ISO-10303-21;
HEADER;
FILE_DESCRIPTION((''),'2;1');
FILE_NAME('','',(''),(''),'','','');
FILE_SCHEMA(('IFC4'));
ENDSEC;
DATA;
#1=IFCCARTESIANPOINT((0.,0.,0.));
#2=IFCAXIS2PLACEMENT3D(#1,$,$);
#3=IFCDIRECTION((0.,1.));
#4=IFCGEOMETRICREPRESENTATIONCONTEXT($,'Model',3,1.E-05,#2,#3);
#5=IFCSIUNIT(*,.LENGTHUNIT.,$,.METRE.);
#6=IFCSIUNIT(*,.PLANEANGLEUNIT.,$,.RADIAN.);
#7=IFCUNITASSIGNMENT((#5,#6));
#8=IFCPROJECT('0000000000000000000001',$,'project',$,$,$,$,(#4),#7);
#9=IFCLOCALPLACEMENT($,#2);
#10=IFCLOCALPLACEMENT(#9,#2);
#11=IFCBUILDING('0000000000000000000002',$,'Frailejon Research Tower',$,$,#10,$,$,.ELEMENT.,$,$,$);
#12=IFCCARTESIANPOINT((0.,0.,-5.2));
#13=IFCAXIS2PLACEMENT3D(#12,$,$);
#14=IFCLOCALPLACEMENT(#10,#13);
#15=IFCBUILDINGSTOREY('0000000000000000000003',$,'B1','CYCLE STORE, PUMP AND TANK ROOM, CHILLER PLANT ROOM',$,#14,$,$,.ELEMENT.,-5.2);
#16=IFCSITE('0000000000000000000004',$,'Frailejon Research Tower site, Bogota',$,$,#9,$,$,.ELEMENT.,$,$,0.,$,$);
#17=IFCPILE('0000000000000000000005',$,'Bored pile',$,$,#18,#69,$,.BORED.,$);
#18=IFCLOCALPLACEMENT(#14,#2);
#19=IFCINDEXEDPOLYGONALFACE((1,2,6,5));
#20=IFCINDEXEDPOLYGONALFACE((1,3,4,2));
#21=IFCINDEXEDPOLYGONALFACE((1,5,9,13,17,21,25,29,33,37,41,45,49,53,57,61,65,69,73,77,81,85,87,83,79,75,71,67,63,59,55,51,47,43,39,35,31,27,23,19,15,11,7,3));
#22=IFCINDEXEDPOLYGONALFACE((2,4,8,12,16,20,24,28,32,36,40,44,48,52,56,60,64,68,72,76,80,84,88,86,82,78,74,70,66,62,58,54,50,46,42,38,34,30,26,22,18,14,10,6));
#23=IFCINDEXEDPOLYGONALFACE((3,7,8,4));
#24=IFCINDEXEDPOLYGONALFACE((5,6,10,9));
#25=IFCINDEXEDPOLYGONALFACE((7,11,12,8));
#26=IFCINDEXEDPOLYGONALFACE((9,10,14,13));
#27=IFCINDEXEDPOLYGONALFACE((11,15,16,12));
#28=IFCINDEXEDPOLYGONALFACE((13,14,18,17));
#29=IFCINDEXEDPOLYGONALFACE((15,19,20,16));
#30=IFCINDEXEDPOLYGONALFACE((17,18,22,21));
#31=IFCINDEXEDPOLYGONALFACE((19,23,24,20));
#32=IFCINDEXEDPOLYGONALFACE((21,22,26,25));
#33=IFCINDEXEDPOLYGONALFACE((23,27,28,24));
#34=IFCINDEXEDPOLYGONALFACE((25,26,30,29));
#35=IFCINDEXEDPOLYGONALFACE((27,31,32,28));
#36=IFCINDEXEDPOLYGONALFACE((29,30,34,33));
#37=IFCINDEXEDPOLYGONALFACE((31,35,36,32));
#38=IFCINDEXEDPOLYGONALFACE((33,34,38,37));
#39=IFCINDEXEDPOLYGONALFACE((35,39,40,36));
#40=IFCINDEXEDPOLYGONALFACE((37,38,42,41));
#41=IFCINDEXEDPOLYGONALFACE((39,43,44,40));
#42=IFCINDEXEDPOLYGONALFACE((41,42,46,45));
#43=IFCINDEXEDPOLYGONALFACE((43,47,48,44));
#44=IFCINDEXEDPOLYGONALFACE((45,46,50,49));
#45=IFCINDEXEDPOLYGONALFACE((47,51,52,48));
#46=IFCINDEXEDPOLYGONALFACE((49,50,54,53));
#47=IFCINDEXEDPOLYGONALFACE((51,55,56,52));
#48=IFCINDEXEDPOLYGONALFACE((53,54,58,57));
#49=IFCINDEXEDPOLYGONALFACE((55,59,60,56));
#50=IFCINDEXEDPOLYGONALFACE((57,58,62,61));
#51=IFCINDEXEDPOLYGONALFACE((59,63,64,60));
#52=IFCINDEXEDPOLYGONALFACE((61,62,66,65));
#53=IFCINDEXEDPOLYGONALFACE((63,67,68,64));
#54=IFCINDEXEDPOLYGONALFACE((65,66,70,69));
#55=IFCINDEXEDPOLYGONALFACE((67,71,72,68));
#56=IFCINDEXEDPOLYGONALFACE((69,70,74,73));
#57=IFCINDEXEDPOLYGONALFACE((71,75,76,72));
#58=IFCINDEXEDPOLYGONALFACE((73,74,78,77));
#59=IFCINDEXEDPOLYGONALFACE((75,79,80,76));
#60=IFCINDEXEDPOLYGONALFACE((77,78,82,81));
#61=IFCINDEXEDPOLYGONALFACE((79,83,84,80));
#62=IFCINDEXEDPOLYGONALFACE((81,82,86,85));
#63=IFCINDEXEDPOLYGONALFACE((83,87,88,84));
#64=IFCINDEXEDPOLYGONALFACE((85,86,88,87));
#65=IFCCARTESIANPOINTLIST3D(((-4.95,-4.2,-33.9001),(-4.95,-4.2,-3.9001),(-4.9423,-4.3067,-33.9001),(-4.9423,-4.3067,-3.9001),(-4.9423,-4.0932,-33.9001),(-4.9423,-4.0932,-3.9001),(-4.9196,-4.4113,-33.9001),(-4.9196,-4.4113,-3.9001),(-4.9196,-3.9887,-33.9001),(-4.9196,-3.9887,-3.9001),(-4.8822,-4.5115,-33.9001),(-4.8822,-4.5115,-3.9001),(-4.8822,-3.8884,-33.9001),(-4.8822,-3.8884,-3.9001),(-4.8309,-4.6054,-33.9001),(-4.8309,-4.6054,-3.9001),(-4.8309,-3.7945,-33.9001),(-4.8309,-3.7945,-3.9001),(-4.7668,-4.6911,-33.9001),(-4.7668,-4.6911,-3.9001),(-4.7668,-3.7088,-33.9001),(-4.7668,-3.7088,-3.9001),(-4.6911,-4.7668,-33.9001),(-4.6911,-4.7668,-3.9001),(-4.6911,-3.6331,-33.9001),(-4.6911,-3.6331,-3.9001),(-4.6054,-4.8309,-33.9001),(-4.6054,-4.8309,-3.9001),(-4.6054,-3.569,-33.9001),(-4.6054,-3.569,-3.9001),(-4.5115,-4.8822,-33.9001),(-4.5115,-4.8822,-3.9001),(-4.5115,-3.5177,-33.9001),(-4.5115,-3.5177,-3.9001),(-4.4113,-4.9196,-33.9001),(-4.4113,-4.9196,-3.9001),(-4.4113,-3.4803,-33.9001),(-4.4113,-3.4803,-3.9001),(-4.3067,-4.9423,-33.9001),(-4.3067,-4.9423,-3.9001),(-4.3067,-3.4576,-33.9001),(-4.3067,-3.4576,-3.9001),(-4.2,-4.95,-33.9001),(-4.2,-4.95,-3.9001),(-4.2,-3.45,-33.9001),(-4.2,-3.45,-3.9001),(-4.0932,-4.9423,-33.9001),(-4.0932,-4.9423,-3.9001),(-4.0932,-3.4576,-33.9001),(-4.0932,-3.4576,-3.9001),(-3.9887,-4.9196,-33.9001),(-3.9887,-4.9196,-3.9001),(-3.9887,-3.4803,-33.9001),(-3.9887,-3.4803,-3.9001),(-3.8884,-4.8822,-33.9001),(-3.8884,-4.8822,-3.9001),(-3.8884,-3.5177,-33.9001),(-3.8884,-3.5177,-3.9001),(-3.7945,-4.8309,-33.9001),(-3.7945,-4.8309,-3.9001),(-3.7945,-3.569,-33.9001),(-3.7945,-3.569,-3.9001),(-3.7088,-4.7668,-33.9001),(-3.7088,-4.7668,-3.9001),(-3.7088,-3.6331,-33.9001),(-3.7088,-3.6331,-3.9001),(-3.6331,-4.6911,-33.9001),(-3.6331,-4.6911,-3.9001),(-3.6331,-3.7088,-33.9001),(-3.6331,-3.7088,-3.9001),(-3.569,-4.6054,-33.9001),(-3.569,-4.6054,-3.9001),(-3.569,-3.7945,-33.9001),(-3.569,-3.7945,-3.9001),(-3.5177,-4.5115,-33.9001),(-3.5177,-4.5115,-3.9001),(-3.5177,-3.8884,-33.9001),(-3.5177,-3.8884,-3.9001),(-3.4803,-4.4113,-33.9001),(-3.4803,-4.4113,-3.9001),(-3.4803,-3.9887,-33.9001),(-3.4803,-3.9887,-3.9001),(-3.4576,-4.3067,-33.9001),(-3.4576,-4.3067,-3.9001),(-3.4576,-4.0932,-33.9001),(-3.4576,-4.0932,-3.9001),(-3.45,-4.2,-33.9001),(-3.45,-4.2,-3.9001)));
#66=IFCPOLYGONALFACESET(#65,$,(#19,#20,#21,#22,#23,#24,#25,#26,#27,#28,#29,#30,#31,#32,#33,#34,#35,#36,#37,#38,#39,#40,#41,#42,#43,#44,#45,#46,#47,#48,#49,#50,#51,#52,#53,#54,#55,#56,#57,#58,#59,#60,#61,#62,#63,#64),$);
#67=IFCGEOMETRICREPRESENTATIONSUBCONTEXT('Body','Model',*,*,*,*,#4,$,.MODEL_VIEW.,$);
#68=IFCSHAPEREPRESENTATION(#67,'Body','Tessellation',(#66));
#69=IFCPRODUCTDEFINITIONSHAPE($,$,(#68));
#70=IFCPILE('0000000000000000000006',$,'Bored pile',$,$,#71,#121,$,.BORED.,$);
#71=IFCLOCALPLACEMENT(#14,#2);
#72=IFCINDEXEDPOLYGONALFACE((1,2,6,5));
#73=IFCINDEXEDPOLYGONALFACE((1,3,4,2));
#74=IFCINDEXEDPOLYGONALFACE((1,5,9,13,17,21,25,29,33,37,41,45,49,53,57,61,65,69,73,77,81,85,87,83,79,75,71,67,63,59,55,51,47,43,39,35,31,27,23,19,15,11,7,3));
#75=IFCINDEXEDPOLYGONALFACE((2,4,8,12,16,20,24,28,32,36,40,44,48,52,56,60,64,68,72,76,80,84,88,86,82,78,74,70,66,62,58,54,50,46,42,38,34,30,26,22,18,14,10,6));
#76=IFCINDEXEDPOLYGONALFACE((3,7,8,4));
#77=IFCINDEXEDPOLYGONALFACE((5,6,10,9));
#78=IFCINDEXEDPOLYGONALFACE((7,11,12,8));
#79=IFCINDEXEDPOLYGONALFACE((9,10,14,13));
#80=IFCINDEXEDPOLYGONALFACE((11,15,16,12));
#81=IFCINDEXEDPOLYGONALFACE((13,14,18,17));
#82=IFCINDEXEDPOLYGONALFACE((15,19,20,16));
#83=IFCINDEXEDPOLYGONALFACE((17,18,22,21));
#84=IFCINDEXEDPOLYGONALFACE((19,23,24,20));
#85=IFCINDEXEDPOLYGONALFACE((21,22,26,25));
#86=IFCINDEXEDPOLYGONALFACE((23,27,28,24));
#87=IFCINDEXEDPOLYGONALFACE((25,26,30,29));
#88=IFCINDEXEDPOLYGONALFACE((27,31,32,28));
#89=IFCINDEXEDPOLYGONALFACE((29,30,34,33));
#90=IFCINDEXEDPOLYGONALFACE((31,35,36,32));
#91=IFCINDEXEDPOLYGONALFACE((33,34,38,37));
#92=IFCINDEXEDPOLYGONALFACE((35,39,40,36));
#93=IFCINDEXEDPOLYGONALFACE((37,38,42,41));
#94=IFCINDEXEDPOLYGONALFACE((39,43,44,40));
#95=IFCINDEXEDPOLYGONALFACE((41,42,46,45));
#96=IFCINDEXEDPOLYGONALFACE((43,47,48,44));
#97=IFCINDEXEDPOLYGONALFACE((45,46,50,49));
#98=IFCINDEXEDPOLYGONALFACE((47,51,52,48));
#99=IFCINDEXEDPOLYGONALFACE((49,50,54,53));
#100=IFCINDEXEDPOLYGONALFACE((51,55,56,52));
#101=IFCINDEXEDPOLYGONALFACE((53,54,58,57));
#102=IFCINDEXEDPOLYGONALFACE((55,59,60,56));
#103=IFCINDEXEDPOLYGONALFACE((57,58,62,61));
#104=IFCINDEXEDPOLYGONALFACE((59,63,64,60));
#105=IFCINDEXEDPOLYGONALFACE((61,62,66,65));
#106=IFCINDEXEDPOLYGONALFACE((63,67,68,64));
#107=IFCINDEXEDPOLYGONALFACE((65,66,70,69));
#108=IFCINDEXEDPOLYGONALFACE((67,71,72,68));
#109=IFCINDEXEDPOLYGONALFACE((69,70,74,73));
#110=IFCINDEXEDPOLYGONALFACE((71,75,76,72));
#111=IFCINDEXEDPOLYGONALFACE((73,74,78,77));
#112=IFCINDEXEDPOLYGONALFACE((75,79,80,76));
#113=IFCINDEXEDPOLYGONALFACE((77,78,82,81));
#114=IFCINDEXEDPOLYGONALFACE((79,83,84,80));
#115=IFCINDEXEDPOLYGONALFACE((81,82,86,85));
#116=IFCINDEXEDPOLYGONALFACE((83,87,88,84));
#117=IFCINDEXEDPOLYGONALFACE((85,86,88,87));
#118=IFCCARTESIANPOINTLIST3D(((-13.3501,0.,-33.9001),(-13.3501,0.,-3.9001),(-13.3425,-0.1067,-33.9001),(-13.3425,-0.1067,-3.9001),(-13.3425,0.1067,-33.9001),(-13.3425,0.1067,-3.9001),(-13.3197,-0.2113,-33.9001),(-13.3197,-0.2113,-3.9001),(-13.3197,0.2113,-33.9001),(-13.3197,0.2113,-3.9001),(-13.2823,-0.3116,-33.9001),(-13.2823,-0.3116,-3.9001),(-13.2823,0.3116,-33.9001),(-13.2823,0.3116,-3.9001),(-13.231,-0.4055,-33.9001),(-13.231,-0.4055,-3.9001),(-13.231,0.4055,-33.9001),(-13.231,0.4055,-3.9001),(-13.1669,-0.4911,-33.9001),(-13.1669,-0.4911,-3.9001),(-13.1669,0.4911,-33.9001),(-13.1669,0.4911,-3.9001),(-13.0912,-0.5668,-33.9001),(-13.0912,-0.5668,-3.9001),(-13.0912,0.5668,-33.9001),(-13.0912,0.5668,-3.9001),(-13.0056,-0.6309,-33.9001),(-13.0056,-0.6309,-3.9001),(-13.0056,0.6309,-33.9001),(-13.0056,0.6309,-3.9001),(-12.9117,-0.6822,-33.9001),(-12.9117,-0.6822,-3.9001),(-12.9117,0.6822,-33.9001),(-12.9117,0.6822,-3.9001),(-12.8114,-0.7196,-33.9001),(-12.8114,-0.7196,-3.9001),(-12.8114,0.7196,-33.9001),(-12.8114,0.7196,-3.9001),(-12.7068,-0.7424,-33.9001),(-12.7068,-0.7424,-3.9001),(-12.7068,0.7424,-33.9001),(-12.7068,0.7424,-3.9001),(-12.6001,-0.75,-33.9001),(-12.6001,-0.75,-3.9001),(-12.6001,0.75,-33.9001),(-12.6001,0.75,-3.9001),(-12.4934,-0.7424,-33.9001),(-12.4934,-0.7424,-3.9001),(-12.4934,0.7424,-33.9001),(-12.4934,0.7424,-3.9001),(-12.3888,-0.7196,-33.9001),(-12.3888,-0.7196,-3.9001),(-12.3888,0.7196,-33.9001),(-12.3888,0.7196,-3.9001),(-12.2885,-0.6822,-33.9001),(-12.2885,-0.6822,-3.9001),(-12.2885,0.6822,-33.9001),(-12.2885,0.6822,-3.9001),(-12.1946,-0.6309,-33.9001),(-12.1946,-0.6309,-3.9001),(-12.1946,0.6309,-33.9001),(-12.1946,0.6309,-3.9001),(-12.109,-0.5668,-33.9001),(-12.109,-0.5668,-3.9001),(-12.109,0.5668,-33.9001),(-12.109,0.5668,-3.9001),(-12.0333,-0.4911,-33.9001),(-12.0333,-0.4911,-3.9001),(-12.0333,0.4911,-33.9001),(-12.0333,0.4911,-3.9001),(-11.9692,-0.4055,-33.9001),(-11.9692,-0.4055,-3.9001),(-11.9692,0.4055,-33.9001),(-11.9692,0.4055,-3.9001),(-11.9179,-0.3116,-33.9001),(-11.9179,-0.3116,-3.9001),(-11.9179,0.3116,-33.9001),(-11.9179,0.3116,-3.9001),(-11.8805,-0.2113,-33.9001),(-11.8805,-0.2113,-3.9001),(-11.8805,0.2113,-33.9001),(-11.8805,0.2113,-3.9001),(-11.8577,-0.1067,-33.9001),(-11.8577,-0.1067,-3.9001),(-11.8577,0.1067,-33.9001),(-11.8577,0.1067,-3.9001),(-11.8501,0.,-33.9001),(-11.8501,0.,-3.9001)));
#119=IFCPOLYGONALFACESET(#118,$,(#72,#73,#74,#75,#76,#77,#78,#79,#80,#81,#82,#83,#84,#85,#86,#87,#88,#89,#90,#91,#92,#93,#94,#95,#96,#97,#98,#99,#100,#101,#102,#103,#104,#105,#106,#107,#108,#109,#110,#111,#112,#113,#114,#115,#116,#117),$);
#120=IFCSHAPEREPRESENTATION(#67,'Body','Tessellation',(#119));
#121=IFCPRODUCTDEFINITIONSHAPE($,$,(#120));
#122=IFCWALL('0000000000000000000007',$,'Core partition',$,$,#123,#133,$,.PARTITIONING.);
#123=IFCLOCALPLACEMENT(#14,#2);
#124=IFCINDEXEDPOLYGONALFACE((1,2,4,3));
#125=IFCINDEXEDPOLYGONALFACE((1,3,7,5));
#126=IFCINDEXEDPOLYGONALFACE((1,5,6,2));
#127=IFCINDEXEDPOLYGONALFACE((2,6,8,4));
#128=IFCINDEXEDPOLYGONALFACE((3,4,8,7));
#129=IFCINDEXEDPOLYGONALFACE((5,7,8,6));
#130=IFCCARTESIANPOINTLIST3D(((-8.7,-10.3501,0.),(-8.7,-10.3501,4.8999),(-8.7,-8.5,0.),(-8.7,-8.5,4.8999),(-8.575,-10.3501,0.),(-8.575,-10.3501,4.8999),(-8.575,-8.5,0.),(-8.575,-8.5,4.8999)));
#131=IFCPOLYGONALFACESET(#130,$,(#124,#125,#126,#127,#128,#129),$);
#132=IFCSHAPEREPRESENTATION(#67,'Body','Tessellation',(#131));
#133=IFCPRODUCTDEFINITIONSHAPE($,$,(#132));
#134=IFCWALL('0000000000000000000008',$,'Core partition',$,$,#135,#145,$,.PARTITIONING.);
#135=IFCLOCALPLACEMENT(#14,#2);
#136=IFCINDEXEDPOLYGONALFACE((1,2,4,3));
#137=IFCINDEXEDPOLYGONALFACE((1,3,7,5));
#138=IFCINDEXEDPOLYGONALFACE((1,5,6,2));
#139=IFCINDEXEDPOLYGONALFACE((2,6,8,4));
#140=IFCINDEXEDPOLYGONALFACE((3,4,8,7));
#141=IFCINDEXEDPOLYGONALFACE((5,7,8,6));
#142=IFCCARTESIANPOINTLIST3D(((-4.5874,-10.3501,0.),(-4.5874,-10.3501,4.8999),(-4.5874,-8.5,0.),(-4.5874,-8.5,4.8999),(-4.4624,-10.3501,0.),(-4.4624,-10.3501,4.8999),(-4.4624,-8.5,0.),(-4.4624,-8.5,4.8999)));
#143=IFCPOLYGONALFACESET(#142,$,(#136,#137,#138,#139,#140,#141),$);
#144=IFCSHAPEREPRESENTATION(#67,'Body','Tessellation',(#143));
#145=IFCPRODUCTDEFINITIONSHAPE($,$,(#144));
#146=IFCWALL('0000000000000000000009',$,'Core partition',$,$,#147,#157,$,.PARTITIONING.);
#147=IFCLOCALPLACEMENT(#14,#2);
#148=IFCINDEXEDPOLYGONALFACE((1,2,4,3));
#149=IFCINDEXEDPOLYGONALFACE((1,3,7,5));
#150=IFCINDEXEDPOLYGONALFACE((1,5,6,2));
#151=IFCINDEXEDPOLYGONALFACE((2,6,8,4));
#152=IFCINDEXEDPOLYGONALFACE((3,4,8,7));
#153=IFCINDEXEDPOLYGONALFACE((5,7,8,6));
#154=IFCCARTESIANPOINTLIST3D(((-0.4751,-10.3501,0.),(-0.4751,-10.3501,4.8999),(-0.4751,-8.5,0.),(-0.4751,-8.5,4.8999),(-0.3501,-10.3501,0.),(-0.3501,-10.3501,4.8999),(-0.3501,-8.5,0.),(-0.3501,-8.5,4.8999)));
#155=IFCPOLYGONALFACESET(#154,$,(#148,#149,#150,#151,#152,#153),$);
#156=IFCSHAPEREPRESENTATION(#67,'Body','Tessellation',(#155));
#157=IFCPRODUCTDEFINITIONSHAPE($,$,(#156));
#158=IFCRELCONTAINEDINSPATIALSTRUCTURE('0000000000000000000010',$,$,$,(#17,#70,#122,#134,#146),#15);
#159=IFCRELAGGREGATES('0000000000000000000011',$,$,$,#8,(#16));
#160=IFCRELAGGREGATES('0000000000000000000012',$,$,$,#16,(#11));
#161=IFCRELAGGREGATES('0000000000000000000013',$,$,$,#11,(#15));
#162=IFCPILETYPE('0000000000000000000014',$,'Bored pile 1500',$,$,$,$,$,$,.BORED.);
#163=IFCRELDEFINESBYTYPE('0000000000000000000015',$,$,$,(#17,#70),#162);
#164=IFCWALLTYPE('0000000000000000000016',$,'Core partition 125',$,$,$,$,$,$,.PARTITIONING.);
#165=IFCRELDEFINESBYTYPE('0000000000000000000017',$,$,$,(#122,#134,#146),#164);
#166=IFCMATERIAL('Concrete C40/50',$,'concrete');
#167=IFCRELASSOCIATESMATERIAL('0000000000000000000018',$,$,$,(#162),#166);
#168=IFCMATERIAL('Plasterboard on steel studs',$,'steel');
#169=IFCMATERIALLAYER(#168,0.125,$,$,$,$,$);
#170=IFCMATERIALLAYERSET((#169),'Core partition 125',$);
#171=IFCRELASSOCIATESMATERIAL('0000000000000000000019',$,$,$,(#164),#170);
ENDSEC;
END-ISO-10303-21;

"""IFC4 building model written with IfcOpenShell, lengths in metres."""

from ifc_helpers import new_model, si_unit, direction, frame, frame_2d, origin, origin_2d, place, context, subcontext, project, spatial, rectangle, circle, extrude, material, layer, layer_set, material_profile, profile_set, type_object, element, save


model = new_model("IFC4")

# Units and contexts
model_context = context("Model", 3, precision=1e-05, world=origin(), true_north=direction((0.0, 1.0)))
body_context = subcontext(model_context, "Body", "Model", "MODEL_VIEW")
ifc_project = project(units=[si_unit("LENGTHUNIT", "METRE"), si_unit("PLANEANGLEUNIT", "RADIAN")], contexts=[model_context])

# Site, building, storey
site_placement = place(None, origin())
site = spatial("IfcSite", under=ifc_project, at=site_placement, Name="Frailejon Research Tower site, Bogota", CompositionType="ELEMENT", RefElevation=0.0)
building_placement = place(site_placement, origin())
building = spatial("IfcBuilding", under=site, at=building_placement, Name="Frailejon Research Tower", CompositionType="ELEMENT")
storey_placement = place(building_placement, frame((0.0, 0.0, -5.2)))
storey = spatial("IfcBuildingStorey", under=building, at=storey_placement, Name="B1", Description="CYCLE STORE, PUMP AND TANK ROOM, CHILLER PLANT ROOM", CompositionType="ELEMENT", Elevation=-5.2)

# Piles
ifc_material_1 = material(Name="Concrete C40/50", Category="concrete")
ifc_material_profile = material_profile(ifc_material_1, circle(Radius=0.75, at=origin_2d()), Name="Bored pile 1500")
ifc_profile_set = profile_set([ifc_material_profile], Name="Concrete C40/50")
pile_type = type_object("IfcPileType", Name="Bored pile 1500", PredefinedType="BORED", material=ifc_profile_set)
for number, where, z_axis, x_axis, name in (
    (1, (-4.2, -4.2, -3.9001), (0.0, 0.0, -1.0), (1.0, 0.0, 0.0), "Bored pile"),
    (2, (-12.6001, 0.0, -3.9001), (0.0, 0.0, -1.0), (1.0, 0.0, 0.0), "Bored pile"),
):
    element("IfcPile", number, at=place(storey_placement, frame(where, z_axis=z_axis, x_axis=x_axis)), inside=storey, type_object=pile_type, Name=name, PredefinedType="BORED", context=body_context, shape_type="SweptSolid", body=[
        extrude(circle(Radius=0.75, at=origin_2d()), origin(), (0.0, 0.0, 1.0), 30.0),
    ])

# Walls
ifc_material_2 = material(Name="Plasterboard on steel studs", Category="steel")
ifc_layer_1 = layer(ifc_material_2, 0.125)
ifc_layer_set_1 = layer_set([ifc_layer_1], Name="Core partition 125")
wall_type_1 = type_object("IfcWallType", Name="Core partition 125", PredefinedType="PARTITIONING", material=ifc_layer_set_1)
for number, where, z_axis, x_axis, name in (
    (3, (-8.6375, -10.3501, 0.0), (0.0, 0.0, 1.0), (0.0, 1.0, 0.0), "Core partition"),
    (4, (-4.5249, -10.3501, 0.0), (0.0, 0.0, 1.0), (0.0, 1.0, 0.0), "Core partition"),
    (5, (-0.4126, -10.3501, 0.0), (0.0, 0.0, 1.0), (0.0, 1.0, 0.0), "Core partition"),
):
    element("IfcWall", number, at=place(storey_placement, frame(where, z_axis=z_axis, x_axis=x_axis)), inside=storey, type_object=wall_type_1, Name=name, PredefinedType="PARTITIONING", context=body_context, shape_type="SweptSolid", body=[
        extrude(rectangle(XDim=1.8501, YDim=0.125, at=frame_2d((0.925, 0.0))), origin(), (0.0, 0.0, 1.0), 4.8999),
    ])

save(model, "model.ifc")
